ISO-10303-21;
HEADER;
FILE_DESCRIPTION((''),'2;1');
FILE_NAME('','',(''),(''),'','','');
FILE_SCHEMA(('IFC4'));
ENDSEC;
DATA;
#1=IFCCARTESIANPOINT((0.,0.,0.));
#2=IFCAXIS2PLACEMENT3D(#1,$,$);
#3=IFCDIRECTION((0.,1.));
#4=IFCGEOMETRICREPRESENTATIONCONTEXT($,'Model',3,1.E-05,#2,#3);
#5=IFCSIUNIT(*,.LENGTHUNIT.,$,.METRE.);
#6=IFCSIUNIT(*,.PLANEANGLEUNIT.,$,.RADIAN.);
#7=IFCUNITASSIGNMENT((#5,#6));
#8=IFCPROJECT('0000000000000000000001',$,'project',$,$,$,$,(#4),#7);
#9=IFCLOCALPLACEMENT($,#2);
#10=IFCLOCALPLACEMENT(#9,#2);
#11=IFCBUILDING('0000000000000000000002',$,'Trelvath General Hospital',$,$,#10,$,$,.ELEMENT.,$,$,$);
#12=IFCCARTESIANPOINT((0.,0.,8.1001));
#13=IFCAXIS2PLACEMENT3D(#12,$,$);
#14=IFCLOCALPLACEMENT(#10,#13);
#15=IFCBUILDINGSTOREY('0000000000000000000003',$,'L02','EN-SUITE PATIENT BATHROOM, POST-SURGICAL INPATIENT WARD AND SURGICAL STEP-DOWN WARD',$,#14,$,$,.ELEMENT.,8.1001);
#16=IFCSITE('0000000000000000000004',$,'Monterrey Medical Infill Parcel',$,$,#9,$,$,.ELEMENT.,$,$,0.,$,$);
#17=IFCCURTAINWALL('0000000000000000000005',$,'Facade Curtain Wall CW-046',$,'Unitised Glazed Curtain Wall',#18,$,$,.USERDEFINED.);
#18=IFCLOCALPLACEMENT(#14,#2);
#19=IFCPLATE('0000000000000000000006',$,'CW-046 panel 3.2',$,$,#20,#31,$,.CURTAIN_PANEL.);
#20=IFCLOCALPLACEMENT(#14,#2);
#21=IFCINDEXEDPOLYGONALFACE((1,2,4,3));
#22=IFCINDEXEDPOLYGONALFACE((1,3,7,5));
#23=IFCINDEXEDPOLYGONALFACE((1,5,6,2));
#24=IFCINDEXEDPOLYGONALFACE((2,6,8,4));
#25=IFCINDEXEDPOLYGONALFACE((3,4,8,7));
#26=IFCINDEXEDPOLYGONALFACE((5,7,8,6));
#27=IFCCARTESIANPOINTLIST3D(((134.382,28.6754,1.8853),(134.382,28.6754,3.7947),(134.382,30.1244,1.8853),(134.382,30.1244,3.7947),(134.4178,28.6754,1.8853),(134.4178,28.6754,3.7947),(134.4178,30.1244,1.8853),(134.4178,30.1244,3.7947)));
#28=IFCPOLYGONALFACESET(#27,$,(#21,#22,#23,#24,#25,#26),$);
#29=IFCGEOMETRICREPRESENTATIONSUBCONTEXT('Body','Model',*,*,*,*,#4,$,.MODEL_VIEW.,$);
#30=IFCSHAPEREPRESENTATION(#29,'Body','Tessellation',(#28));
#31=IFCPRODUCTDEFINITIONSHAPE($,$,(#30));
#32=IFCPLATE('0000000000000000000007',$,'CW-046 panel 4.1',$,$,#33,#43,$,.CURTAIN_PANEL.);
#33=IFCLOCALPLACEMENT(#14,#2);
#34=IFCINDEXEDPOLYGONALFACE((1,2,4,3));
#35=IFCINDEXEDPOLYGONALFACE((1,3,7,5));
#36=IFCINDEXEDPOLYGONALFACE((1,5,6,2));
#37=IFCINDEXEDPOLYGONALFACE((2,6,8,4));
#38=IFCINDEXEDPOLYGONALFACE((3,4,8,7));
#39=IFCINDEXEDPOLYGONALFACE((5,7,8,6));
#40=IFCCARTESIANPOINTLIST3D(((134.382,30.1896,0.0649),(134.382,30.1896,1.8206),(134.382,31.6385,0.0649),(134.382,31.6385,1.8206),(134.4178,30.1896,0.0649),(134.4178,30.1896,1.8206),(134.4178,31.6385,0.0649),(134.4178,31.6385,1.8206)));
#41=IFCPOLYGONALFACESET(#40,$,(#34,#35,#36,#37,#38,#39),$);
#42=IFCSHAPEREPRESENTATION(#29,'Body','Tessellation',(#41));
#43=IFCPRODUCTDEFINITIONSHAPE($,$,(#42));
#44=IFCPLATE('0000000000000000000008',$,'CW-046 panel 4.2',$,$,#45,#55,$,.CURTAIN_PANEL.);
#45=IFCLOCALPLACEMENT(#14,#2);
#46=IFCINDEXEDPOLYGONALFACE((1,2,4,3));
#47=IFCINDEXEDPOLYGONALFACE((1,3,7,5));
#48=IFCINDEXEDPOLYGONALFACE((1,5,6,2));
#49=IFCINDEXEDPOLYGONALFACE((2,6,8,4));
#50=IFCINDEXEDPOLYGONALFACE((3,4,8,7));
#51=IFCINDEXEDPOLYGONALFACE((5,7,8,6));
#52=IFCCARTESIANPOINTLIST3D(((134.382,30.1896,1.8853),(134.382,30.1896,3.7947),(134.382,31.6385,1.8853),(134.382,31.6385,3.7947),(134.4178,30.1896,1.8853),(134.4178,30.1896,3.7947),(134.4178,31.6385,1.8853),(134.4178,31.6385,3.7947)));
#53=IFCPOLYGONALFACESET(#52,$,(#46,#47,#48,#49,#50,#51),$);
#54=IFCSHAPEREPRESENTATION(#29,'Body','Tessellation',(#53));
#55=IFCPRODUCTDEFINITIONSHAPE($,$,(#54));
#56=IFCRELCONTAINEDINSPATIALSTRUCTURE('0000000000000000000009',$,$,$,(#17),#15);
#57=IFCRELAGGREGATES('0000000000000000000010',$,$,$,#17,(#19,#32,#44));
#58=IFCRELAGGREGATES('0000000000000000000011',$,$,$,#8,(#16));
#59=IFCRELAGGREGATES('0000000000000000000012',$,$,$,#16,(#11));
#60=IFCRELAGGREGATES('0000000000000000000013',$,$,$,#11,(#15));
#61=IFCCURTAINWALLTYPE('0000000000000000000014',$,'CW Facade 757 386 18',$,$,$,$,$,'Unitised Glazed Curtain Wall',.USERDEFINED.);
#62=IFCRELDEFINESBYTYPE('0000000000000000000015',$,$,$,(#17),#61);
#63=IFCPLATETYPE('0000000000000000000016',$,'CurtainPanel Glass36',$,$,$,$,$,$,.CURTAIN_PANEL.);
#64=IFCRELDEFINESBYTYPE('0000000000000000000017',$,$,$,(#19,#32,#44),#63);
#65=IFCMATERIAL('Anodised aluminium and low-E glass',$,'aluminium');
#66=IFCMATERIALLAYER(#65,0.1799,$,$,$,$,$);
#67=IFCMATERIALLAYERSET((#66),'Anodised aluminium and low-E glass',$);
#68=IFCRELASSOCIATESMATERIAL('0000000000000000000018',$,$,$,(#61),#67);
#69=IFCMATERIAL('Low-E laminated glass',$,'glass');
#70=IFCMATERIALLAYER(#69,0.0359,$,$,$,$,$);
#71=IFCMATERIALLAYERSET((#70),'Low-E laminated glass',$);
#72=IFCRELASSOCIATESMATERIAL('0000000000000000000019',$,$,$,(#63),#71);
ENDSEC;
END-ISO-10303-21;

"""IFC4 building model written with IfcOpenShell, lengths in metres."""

from ifc_helpers import new_model, si_unit, direction, frame, origin, origin_2d, place, context, subcontext, project, spatial, rectangle, extrude, material, layer, layer_set, type_object, element, aggregate, save


model = new_model("IFC4")

# Units and contexts
model_context = context("Model", 3, precision=1e-05, world=origin(), true_north=direction((0.0, 1.0)))
body_context = subcontext(model_context, "Body", "Model", "MODEL_VIEW")
ifc_project = project(units=[si_unit("LENGTHUNIT", "METRE"), si_unit("PLANEANGLEUNIT", "RADIAN")], contexts=[model_context])

# Site, building, storey
site_placement = place(None, origin())
site = spatial("IfcSite", under=ifc_project, at=site_placement, Name="Monterrey Medical Infill Parcel", CompositionType="ELEMENT", RefElevation=0.0)
building_placement = place(site_placement, origin())
building = spatial("IfcBuilding", under=site, at=building_placement, Name="Trelvath General Hospital", CompositionType="ELEMENT")
storey_placement = place(building_placement, frame((0.0, 0.0, 8.1001)))
storey = spatial("IfcBuildingStorey", under=building, at=storey_placement, Name="L02", Description="EN-SUITE PATIENT BATHROOM, POST-SURGICAL INPATIENT WARD AND SURGICAL STEP-DOWN WARD", CompositionType="ELEMENT", Elevation=8.1001)

# Curtain wall, plates
ifc_material_1 = material(Name="Anodised aluminium and low-E glass", Category="aluminium")
ifc_layer_1 = layer(ifc_material_1, 0.1799)
ifc_layer_set_1 = layer_set([ifc_layer_1], Name="Anodised aluminium and low-E glass")
curtain_wall_type = type_object("IfcCurtainWallType", Name="CW Facade 757 386 18", ElementType="Unitised Glazed Curtain Wall", PredefinedType="USERDEFINED", material=ifc_layer_set_1)
curtain_wall_placement = place(storey_placement, origin())
curtain_wall = element("IfcCurtainWall", 1, at=curtain_wall_placement, inside=storey, type_object=curtain_wall_type, Name="Facade Curtain Wall CW-046", ObjectType="Unitised Glazed Curtain Wall", PredefinedType="USERDEFINED")
ifc_material_2 = material(Name="Low-E laminated glass", Category="glass")
ifc_layer_2 = layer(ifc_material_2, 0.0359)
ifc_layer_set_2 = layer_set([ifc_layer_2], Name="Low-E laminated glass")
plate_type = type_object("IfcPlateType", Name="CurtainPanel Glass36", PredefinedType="CURTAIN_PANEL", material=ifc_layer_set_2)
plate_1_placement = place(storey_placement, frame((134.3999, 29.3999, 1.8853), z_axis=(0.0, 0.0, 1.0), x_axis=(0.0, 1.0, 0.0)))
plate_1 = element("IfcPlate", 2, at=plate_1_placement, type_object=plate_type, Name="CW-046 panel 3.2", PredefinedType="CURTAIN_PANEL", context=body_context, shape_type="SweptSolid", body=[
    extrude(rectangle(XDim=1.449, YDim=0.0359, at=origin_2d()), origin(), (0.0, 0.0, 1.0), 1.9094),
])
plate_2_placement = place(storey_placement, frame((134.3999, 30.9141, 0.0649), z_axis=(0.0, 0.0, 1.0), x_axis=(0.0, 1.0, 0.0)))
plate_2 = element("IfcPlate", 3, at=plate_2_placement, type_object=plate_type, Name="CW-046 panel 4.1", PredefinedType="CURTAIN_PANEL", context=body_context, shape_type="SweptSolid", body=[
    extrude(rectangle(XDim=1.449, YDim=0.0359, at=origin_2d()), origin(), (0.0, 0.0, 1.0), 1.7556),
])
plate_3_placement = place(storey_placement, frame((134.3999, 30.9141, 1.8853), z_axis=(0.0, 0.0, 1.0), x_axis=(0.0, 1.0, 0.0)))
plate_3 = element("IfcPlate", 4, at=plate_3_placement, type_object=plate_type, Name="CW-046 panel 4.2", PredefinedType="CURTAIN_PANEL", context=body_context, shape_type="SweptSolid", body=[
    extrude(rectangle(XDim=1.449, YDim=0.0359, at=origin_2d()), origin(), (0.0, 0.0, 1.0), 1.9094),
])
aggregate(curtain_wall, [plate_1, plate_2, plate_3])

save(model, "model.ifc")
